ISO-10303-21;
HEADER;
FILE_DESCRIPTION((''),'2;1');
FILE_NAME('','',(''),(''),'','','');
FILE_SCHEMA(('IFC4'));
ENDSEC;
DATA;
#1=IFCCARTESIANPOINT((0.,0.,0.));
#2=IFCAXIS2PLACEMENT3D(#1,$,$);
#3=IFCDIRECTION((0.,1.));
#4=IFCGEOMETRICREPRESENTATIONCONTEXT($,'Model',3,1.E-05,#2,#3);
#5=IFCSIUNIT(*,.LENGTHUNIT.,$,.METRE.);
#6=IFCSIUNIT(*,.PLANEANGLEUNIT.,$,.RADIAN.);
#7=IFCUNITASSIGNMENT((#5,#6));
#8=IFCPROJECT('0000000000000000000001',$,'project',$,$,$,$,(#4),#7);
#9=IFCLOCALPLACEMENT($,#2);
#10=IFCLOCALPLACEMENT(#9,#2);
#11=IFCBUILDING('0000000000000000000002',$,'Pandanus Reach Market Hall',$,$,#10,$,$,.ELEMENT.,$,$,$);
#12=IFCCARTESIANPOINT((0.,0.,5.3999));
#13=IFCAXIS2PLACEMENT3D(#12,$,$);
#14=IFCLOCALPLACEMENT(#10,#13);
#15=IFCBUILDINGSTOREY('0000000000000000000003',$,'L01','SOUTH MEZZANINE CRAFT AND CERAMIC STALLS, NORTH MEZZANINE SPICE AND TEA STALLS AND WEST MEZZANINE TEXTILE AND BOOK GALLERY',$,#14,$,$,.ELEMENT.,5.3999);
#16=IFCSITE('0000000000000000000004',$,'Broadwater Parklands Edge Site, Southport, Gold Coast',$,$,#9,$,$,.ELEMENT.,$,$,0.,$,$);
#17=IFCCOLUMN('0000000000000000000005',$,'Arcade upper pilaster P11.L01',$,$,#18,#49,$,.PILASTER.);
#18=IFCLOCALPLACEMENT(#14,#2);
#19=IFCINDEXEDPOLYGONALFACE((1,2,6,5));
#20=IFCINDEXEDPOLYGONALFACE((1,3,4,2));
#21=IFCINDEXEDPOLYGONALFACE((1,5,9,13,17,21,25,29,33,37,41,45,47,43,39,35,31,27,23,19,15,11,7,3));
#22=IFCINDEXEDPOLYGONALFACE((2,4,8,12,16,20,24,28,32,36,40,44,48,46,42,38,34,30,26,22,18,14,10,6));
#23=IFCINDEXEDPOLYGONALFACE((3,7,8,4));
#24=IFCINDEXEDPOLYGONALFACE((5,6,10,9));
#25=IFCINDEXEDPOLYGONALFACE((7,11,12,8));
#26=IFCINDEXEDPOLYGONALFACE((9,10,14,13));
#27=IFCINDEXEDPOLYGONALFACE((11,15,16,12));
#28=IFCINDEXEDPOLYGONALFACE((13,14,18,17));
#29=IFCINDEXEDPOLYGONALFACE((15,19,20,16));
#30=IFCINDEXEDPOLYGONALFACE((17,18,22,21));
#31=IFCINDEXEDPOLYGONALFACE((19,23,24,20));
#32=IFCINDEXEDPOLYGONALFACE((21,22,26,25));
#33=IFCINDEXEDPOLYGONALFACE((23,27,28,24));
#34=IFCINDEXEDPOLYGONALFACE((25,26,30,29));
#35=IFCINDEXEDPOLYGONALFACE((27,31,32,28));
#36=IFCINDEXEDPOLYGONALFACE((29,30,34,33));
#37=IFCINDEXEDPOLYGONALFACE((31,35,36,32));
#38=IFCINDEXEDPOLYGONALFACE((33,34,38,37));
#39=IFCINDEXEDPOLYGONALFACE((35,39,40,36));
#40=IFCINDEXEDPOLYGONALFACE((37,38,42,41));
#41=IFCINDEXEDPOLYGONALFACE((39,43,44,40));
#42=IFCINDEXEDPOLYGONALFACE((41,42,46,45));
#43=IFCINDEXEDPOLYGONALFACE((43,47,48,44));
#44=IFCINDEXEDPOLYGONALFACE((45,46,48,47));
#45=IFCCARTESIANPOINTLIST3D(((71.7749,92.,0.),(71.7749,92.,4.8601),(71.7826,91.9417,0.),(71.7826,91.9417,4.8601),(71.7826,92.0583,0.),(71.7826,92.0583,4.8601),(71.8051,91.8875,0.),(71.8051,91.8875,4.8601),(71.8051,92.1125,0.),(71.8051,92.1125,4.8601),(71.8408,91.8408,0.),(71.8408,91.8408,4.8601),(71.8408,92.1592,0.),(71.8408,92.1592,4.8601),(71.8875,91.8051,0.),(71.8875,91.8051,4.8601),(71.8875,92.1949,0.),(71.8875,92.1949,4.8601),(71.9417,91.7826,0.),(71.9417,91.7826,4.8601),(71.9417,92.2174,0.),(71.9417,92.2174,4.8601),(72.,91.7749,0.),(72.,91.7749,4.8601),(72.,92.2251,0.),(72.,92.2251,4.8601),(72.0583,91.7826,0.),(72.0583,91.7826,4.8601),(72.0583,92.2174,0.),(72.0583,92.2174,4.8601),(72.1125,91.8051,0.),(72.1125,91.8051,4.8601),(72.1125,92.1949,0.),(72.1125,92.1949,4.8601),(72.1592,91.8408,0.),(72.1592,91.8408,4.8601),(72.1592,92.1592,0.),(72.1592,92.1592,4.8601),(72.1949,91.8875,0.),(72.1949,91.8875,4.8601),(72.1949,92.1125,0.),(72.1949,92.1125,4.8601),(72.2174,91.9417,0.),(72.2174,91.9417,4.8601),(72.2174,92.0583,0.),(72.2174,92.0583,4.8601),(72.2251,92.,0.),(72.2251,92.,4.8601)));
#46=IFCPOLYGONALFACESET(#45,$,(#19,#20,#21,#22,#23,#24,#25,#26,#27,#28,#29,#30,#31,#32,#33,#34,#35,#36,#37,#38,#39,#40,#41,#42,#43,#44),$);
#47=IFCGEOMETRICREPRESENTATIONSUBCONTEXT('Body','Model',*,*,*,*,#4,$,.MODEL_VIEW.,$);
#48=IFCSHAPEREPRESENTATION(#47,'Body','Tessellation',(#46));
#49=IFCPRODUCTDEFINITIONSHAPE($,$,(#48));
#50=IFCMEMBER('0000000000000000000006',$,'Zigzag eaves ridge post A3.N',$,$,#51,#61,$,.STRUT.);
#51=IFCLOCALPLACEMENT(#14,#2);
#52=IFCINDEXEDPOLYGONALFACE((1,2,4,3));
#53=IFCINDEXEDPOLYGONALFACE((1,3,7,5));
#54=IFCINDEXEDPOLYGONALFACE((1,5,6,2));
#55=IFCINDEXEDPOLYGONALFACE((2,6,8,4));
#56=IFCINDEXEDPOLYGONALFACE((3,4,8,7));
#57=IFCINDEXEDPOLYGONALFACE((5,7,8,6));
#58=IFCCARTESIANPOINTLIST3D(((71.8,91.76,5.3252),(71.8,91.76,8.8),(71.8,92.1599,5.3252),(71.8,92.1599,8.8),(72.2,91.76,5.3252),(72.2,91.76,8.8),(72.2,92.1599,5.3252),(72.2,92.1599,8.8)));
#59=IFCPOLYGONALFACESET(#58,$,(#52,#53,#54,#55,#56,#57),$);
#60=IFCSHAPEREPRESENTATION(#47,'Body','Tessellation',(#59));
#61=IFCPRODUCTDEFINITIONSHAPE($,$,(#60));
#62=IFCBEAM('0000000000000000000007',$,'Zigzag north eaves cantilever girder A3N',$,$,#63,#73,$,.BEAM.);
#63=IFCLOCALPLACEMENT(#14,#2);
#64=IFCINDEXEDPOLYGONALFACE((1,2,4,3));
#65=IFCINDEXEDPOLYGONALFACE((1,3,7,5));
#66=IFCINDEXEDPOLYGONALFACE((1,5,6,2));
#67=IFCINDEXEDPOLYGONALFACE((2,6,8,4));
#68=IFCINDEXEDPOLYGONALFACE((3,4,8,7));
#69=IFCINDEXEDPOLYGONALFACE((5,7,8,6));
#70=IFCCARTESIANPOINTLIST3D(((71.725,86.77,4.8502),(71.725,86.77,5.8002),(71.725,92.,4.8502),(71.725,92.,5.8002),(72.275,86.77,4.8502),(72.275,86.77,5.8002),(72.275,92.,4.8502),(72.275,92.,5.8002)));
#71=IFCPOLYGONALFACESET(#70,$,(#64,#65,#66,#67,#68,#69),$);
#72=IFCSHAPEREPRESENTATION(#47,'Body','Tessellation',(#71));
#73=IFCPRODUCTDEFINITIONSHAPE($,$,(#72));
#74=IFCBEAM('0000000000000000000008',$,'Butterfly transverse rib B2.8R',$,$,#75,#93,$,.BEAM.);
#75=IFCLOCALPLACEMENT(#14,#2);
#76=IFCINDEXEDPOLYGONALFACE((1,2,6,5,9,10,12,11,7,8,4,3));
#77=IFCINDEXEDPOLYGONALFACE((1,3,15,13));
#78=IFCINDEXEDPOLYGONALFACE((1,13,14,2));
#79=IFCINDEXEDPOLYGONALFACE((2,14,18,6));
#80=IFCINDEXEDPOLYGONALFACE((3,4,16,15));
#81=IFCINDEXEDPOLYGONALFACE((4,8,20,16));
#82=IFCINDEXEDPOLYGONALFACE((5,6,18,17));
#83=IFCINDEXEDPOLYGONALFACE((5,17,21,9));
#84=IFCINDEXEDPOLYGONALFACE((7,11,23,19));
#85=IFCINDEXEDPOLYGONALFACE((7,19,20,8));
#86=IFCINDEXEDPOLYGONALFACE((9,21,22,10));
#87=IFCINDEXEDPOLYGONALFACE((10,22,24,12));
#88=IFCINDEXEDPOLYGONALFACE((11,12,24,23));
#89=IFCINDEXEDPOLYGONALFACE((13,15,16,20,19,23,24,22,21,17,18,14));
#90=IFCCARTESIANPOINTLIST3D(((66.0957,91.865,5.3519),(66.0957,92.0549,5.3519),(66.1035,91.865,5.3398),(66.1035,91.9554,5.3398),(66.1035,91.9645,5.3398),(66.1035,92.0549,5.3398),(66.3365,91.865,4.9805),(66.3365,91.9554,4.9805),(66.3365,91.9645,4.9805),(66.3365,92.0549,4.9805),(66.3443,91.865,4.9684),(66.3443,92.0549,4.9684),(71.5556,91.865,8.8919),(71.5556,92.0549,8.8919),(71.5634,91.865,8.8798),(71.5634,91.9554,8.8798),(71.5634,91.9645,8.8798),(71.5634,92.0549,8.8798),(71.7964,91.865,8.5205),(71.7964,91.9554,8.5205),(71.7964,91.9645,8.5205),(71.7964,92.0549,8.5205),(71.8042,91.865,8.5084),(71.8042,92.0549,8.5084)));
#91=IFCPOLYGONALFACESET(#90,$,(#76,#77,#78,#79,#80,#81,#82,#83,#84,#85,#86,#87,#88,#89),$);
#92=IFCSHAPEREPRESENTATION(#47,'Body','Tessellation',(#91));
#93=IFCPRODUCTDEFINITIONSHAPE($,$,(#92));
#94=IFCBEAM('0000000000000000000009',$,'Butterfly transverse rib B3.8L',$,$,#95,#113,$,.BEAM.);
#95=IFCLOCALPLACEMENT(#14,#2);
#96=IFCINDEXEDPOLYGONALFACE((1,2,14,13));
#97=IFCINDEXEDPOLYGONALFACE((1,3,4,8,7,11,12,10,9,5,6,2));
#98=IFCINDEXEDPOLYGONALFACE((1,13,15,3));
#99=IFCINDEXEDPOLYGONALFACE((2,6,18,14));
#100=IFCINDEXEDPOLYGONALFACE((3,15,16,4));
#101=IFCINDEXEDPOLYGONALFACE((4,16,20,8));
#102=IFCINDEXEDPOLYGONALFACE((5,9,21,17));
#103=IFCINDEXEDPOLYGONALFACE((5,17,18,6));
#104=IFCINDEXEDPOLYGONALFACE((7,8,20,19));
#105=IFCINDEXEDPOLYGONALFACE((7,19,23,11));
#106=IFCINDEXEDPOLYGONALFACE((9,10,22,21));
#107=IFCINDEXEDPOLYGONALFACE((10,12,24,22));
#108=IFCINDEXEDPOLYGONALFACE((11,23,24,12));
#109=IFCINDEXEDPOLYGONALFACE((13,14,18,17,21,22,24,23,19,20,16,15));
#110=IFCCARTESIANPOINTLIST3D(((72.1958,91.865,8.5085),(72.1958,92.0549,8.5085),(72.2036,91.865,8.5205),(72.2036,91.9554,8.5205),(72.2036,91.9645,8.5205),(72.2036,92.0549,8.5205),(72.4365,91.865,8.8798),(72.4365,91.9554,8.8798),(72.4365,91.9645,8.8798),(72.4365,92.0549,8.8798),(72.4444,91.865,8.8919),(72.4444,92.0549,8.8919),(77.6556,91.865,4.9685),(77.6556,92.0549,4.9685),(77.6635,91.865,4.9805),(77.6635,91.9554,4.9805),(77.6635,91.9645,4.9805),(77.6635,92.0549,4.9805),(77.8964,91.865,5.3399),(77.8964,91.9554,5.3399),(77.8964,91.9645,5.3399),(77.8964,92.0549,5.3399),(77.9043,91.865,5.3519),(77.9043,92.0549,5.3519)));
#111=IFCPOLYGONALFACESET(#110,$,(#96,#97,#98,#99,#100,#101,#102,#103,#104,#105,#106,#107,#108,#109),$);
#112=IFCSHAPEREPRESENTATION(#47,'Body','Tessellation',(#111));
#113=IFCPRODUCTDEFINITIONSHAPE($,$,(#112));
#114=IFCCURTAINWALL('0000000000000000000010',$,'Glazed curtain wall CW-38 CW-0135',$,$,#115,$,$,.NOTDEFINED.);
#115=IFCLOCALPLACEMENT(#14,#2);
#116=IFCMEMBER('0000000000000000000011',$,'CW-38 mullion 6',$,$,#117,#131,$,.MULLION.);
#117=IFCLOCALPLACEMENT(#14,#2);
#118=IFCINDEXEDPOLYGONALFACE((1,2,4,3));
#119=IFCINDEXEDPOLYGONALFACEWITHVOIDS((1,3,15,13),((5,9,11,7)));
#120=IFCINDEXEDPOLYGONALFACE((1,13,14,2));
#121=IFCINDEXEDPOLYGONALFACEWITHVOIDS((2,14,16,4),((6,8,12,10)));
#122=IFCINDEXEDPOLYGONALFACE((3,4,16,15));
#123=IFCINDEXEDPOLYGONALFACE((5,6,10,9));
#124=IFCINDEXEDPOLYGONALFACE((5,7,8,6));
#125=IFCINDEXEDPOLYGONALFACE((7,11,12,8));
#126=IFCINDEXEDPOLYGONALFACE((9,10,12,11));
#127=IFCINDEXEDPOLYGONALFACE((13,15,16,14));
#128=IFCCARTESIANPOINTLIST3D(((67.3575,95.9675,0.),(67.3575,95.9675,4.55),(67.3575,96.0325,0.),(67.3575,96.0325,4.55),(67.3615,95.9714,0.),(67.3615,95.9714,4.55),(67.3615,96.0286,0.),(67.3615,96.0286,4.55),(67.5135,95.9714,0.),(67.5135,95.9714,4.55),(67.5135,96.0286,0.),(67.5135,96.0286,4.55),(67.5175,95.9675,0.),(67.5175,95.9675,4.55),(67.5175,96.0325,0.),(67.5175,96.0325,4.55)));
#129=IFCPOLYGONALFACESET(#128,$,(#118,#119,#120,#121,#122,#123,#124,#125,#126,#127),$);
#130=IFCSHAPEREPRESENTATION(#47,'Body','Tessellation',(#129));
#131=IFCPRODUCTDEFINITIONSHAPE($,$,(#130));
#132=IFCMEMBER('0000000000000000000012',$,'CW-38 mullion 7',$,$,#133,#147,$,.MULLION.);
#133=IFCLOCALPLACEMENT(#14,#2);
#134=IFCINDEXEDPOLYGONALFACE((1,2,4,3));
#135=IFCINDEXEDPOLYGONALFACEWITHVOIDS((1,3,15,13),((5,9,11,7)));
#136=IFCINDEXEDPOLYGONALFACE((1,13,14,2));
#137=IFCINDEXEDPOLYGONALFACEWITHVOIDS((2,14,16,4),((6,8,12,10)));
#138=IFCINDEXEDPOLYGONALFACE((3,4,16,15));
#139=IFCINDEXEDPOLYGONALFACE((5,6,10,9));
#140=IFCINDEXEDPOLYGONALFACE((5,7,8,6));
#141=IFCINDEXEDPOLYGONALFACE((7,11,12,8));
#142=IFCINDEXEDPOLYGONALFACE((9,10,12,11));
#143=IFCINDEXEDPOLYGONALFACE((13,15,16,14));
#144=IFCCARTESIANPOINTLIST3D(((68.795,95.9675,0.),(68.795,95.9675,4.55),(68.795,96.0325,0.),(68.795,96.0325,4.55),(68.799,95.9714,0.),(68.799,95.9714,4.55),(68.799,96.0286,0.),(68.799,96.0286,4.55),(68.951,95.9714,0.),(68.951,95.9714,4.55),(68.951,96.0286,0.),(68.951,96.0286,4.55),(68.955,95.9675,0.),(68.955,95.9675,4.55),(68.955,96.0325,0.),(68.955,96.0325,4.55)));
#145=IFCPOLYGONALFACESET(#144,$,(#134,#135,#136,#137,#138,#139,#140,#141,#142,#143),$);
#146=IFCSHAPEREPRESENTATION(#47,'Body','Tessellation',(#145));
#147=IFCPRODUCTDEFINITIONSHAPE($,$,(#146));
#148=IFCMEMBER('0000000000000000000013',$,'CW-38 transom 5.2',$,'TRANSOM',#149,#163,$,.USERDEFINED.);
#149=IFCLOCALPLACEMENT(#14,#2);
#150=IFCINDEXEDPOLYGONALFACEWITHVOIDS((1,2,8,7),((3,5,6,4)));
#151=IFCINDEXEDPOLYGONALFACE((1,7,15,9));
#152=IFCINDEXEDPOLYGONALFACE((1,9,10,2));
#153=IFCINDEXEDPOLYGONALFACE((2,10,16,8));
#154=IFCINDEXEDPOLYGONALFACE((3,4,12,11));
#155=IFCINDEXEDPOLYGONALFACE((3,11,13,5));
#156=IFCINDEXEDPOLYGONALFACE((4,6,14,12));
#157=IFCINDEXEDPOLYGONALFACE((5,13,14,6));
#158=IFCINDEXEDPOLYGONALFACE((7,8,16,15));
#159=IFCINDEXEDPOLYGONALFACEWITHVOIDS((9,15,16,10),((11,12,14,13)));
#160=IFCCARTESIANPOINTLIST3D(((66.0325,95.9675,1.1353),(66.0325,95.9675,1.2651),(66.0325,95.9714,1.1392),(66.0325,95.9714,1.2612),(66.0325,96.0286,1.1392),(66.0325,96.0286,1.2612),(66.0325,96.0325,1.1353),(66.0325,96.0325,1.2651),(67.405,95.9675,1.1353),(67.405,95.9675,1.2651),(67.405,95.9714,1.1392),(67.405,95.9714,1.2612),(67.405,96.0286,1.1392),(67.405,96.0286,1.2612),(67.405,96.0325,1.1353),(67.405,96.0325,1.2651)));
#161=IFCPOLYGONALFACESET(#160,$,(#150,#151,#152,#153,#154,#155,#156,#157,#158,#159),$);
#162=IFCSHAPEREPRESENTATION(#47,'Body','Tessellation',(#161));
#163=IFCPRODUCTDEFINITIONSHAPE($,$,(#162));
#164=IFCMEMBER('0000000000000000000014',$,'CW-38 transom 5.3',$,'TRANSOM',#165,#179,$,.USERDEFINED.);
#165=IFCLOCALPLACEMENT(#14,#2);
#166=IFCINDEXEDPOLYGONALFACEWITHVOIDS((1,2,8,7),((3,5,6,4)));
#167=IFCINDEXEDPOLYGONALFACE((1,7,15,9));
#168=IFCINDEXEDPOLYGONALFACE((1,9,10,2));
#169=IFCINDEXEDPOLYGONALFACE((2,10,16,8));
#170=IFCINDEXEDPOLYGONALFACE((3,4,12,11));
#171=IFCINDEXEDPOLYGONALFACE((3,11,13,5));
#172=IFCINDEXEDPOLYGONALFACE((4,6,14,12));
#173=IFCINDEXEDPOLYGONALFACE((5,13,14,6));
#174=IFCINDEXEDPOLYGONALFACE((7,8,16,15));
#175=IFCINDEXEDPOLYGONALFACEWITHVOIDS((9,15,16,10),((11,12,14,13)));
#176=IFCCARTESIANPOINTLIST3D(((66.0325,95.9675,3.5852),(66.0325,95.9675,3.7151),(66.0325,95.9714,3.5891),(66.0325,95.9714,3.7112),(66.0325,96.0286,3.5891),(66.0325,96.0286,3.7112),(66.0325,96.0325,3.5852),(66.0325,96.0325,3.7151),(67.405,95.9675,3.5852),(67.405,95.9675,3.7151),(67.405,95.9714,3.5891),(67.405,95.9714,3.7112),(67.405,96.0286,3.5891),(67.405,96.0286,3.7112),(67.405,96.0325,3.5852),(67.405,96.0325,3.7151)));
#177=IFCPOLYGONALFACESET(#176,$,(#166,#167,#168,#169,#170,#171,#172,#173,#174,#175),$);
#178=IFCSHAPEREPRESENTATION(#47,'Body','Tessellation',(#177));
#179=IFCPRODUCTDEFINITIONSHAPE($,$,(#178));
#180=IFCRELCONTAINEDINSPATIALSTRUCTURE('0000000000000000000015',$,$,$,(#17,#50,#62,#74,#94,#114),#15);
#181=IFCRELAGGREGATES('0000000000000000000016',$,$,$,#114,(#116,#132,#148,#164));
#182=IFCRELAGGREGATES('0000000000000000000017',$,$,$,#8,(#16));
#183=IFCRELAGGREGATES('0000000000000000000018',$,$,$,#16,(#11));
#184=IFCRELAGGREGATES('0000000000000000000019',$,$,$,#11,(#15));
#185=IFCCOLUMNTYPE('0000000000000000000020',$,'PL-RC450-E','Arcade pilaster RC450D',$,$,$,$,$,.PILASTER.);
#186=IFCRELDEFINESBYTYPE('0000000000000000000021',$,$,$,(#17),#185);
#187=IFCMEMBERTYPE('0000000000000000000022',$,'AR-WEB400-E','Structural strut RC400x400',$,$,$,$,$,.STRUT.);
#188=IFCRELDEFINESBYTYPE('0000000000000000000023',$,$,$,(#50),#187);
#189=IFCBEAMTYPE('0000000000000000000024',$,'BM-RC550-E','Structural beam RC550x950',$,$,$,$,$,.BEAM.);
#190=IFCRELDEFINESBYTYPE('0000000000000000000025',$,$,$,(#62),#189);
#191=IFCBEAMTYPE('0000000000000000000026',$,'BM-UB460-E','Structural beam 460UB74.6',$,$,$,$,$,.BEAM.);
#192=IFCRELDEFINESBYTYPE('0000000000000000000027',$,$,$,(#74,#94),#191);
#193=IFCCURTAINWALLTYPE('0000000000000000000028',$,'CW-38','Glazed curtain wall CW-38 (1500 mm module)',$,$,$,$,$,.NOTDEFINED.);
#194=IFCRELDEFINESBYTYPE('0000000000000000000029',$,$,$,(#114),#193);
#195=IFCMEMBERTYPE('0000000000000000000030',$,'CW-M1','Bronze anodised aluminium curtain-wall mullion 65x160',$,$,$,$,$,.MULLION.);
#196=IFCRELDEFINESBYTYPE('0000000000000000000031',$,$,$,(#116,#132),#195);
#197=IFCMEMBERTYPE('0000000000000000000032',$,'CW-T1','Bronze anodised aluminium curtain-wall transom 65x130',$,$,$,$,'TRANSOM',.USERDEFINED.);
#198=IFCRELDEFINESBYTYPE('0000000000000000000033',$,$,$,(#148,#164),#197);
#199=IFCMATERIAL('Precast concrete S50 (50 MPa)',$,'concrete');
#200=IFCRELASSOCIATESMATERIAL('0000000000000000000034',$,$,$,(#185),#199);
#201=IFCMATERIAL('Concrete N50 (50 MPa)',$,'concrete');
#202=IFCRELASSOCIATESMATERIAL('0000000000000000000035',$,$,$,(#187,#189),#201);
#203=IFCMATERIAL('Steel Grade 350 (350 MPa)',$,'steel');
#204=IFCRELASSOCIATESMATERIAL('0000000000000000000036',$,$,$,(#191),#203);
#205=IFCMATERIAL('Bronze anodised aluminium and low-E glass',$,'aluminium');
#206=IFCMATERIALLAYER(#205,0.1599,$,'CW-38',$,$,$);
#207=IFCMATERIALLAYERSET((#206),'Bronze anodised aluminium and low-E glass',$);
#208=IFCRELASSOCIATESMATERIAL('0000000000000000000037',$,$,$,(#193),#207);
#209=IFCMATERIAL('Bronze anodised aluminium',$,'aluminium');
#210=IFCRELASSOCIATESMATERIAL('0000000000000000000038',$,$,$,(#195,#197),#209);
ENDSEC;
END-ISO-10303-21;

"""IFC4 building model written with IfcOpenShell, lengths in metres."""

from ifc_helpers import new_model, si_unit, direction, frame, origin, origin_2d, place, context, subcontext, project, spatial, rectangle, hollow_rectangle, circle, i_section, extrude, material, layer, layer_set, material_profile, profile_set, type_object, element, aggregate, save


model = new_model("IFC4")

# Units and contexts
model_context = context("Model", 3, precision=1e-05, world=origin(), true_north=direction((0.0, 1.0)))
body_context = subcontext(model_context, "Body", "Model", "MODEL_VIEW")
ifc_project = project(units=[si_unit("LENGTHUNIT", "METRE"), si_unit("PLANEANGLEUNIT", "RADIAN")], contexts=[model_context])

# Site, building, storey
site_placement = place(None, origin())
site = spatial("IfcSite", under=ifc_project, at=site_placement, Name="Broadwater Parklands Edge Site, Southport, Gold Coast", CompositionType="ELEMENT", RefElevation=0.0)
building_placement = place(site_placement, origin())
building = spatial("IfcBuilding", under=site, at=building_placement, Name="Pandanus Reach Market Hall", CompositionType="ELEMENT")
storey_placement = place(building_placement, frame((0.0, 0.0, 5.3999)))
storey = spatial("IfcBuildingStorey", under=building, at=storey_placement, Name="L01", Description="SOUTH MEZZANINE CRAFT AND CERAMIC STALLS, NORTH MEZZANINE SPICE AND TEA STALLS AND WEST MEZZANINE TEXTILE AND BOOK GALLERY", CompositionType="ELEMENT", Elevation=5.3999)

# Column
ifc_material_1 = material(Name="Precast concrete S50 (50 MPa)", Category="concrete")
ifc_material_profile_1 = material_profile(ifc_material_1, circle(Radius=0.2251, at=origin_2d()), Name="RC450D", Category="LoadBearing")
ifc_profile_set_1 = profile_set([ifc_material_profile_1], Name="Precast concrete S50 (50 MPa)")
column_type = type_object("IfcColumnType", Name="PL-RC450-E", Description="Arcade pilaster RC450D", PredefinedType="PILASTER", material=ifc_profile_set_1)
column_placement = place(storey_placement, frame((72.0, 92.0, 0.0), z_axis=(0.0, 0.0, 1.0), x_axis=(1.0, 0.0, 0.0)))
element("IfcColumn", 1, at=column_placement, inside=storey, type_object=column_type, Name="Arcade upper pilaster P11.L01", PredefinedType="PILASTER", context=body_context, shape_type="SweptSolid", body=[
    extrude(circle(Radius=0.2251, at=origin_2d()), origin(), (0.0, 0.0, 1.0), 4.8601),
])

# Member
ifc_material_2 = material(Name="Concrete N50 (50 MPa)", Category="concrete")
ifc_material_profile_2 = material_profile(ifc_material_2, rectangle(XDim=0.3999, YDim=0.3999, at=origin_2d()), Name="RC400x400", Category="LoadBearing")
ifc_profile_set_2 = profile_set([ifc_material_profile_2], Name="Concrete N50 (50 MPa)")
member_type_1 = type_object("IfcMemberType", Name="AR-WEB400-E", Description="Structural strut RC400x400", PredefinedType="STRUT", material=ifc_profile_set_2)
member_1_placement = place(storey_placement, frame((72.0, 91.96, 5.3252), z_axis=(0.0, 0.0, 1.0), x_axis=(1.0, 0.0, 0.0)))
element("IfcMember", 2, at=member_1_placement, inside=storey, type_object=member_type_1, Name="Zigzag eaves ridge post A3.N", PredefinedType="STRUT", context=body_context, shape_type="SweptSolid", body=[
    extrude(rectangle(XDim=0.3999, YDim=0.3999, at=origin_2d()), origin(), (0.0, 0.0, 1.0), 3.4749),
])

# Beams
ifc_material_profile_3 = material_profile(ifc_material_2, rectangle(XDim=0.55, YDim=0.95, at=origin_2d()), Name="RC550x950", Category="LoadBearing")
ifc_profile_set_3 = profile_set([ifc_material_profile_3], Name="Concrete N50 (50 MPa)")
beam_type_1 = type_object("IfcBeamType", Name="BM-RC550-E", Description="Structural beam RC550x950", PredefinedType="BEAM", material=ifc_profile_set_3)
beam_placement = place(storey_placement, frame((72.0, 86.77, 5.3252), z_axis=(0.0, 1.0, 0.0), x_axis=(-1.0, 0.0, 0.0)))
element("IfcBeam", 3, at=beam_placement, inside=storey, type_object=beam_type_1, Name="Zigzag north eaves cantilever girder A3N", PredefinedType="BEAM", context=body_context, shape_type="SweptSolid", body=[
    extrude(rectangle(XDim=0.55, YDim=0.95, at=origin_2d()), origin(), (0.0, 0.0, 1.0), 5.23),
])
ifc_material_3 = material(Name="Steel Grade 350 (350 MPa)", Category="steel")
ifc_material_profile_4 = material_profile(ifc_material_3, i_section(OverallWidth=0.1899, OverallDepth=0.457, WebThickness=0.009, FlangeThickness=0.0144, at=origin_2d()), Name="460UB74.6", Category="LoadBearing")
ifc_profile_set_4 = profile_set([ifc_material_profile_4], Name="Steel Grade 350 (350 MPa)")
beam_type_2 = type_object("IfcBeamType", Name="BM-UB460-E", Description="Structural beam 460UB74.6", PredefinedType="BEAM", material=ifc_profile_set_4)
for number, where, z_axis, x_axis, name in (
    (4, (66.22, 91.96, 5.1602), (0.839071, 0.0, 0.544023), (0.0, 1.0, 0.0), "Butterfly transverse rib B2.8R"),
    (5, (72.3201, 91.96, 8.7002), (0.839071, 0.0, -0.544023), (0.0, 1.0, 0.0), "Butterfly transverse rib B3.8L"),
):
    element("IfcBeam", number, at=place(storey_placement, frame(where, z_axis=z_axis, x_axis=x_axis)), inside=storey, type_object=beam_type_2, Name=name, PredefinedType="BEAM", context=body_context, shape_type="SweptSolid", body=[
        extrude(i_section(OverallWidth=0.1899, OverallDepth=0.457, WebThickness=0.009, FlangeThickness=0.0144, at=origin_2d()), origin(), (0.0, 0.0, 1.0), 6.5071),
    ])

# Curtain wall, members
ifc_material_4 = material(Name="Bronze anodised aluminium and low-E glass", Category="aluminium")
ifc_layer_1 = layer(ifc_material_4, 0.1599, Name="CW-38")
ifc_layer_set_1 = layer_set([ifc_layer_1], Name="Bronze anodised aluminium and low-E glass")
curtain_wall_type = type_object("IfcCurtainWallType", Name="CW-38", Description="Glazed curtain wall CW-38 (1500 mm module)", PredefinedType="NOTDEFINED", material=ifc_layer_set_1)
curtain_wall_placement = place(storey_placement, origin())
curtain_wall = element("IfcCurtainWall", 6, at=curtain_wall_placement, inside=storey, type_object=curtain_wall_type, Name="Glazed curtain wall CW-38 CW-0135", PredefinedType="NOTDEFINED")
ifc_material_5 = material(Name="Bronze anodised aluminium", Category="aluminium")
ifc_material_profile_5 = material_profile(ifc_material_5, hollow_rectangle(XDim=0.0649, YDim=0.1599, WallThickness=0.0039, at=origin_2d()), Name="ALU65x160", Category="LoadBearing")
ifc_profile_set_5 = profile_set([ifc_material_profile_5], Name="Bronze anodised aluminium")
member_type_2 = type_object("IfcMemberType", Name="CW-M1", Description="Bronze anodised aluminium curtain-wall mullion 65x160", PredefinedType="MULLION", material=ifc_profile_set_5)
member_2_placement = place(storey_placement, frame((67.4375, 96.0, 0.0), z_axis=(0.0, 0.0, 1.0), x_axis=(0.0, 1.0, 0.0)))
member_2 = element("IfcMember", 7, at=member_2_placement, type_object=member_type_2, Name="CW-38 mullion 6", PredefinedType="MULLION", context=body_context, shape_type="SweptSolid", body=[
    extrude(hollow_rectangle(XDim=0.0649, YDim=0.1599, WallThickness=0.0039, at=origin_2d()), origin(), (0.0, 0.0, 1.0), 4.55),
])
member_3_placement = place(storey_placement, frame((68.875, 96.0, 0.0), z_axis=(0.0, 0.0, 1.0), x_axis=(0.0, 1.0, 0.0)))
member_3 = element("IfcMember", 8, at=member_3_placement, type_object=member_type_2, Name="CW-38 mullion 7", PredefinedType="MULLION", context=body_context, shape_type="SweptSolid", body=[
    extrude(hollow_rectangle(XDim=0.0649, YDim=0.1599, WallThickness=0.0039, at=origin_2d()), origin(), (0.0, 0.0, 1.0), 4.55),
])
ifc_material_profile_6 = material_profile(ifc_material_5, hollow_rectangle(XDim=0.0649, YDim=0.1299, WallThickness=0.0039, at=origin_2d()), Name="ALU65x130", Category="LoadBearing")
ifc_profile_set_6 = profile_set([ifc_material_profile_6], Name="Bronze anodised aluminium")
member_type_3 = type_object("IfcMemberType", Name="CW-T1", Description="Bronze anodised aluminium curtain-wall transom 65x130", ElementType="TRANSOM", PredefinedType="USERDEFINED", material=ifc_profile_set_6)
member_4_placement = place(storey_placement, frame((66.0325, 96.0, 1.2002), z_axis=(1.0, 0.0, 0.0), x_axis=(0.0, 1.0, 0.0)))
member_4 = element("IfcMember", 9, at=member_4_placement, type_object=member_type_3, Name="CW-38 transom 5.2", ObjectType="TRANSOM", PredefinedType="USERDEFINED", context=body_context, shape_type="SweptSolid", body=[
    extrude(hollow_rectangle(XDim=0.0649, YDim=0.1299, WallThickness=0.0039, at=origin_2d()), origin(), (0.0, 0.0, 1.0), 1.3726),
])
member_5_placement = place(storey_placement, frame((66.0325, 96.0, 3.6501), z_axis=(1.0, 0.0, 0.0), x_axis=(0.0, 1.0, 0.0)))
member_5 = element("IfcMember", 10, at=member_5_placement, type_object=member_type_3, Name="CW-38 transom 5.3", ObjectType="TRANSOM", PredefinedType="USERDEFINED", context=body_context, shape_type="SweptSolid", body=[
    extrude(hollow_rectangle(XDim=0.0649, YDim=0.1299, WallThickness=0.0039, at=origin_2d()), origin(), (0.0, 0.0, 1.0), 1.3726),
])
aggregate(curtain_wall, [member_2, member_3, member_4, member_5])

save(model, "model.ifc")
